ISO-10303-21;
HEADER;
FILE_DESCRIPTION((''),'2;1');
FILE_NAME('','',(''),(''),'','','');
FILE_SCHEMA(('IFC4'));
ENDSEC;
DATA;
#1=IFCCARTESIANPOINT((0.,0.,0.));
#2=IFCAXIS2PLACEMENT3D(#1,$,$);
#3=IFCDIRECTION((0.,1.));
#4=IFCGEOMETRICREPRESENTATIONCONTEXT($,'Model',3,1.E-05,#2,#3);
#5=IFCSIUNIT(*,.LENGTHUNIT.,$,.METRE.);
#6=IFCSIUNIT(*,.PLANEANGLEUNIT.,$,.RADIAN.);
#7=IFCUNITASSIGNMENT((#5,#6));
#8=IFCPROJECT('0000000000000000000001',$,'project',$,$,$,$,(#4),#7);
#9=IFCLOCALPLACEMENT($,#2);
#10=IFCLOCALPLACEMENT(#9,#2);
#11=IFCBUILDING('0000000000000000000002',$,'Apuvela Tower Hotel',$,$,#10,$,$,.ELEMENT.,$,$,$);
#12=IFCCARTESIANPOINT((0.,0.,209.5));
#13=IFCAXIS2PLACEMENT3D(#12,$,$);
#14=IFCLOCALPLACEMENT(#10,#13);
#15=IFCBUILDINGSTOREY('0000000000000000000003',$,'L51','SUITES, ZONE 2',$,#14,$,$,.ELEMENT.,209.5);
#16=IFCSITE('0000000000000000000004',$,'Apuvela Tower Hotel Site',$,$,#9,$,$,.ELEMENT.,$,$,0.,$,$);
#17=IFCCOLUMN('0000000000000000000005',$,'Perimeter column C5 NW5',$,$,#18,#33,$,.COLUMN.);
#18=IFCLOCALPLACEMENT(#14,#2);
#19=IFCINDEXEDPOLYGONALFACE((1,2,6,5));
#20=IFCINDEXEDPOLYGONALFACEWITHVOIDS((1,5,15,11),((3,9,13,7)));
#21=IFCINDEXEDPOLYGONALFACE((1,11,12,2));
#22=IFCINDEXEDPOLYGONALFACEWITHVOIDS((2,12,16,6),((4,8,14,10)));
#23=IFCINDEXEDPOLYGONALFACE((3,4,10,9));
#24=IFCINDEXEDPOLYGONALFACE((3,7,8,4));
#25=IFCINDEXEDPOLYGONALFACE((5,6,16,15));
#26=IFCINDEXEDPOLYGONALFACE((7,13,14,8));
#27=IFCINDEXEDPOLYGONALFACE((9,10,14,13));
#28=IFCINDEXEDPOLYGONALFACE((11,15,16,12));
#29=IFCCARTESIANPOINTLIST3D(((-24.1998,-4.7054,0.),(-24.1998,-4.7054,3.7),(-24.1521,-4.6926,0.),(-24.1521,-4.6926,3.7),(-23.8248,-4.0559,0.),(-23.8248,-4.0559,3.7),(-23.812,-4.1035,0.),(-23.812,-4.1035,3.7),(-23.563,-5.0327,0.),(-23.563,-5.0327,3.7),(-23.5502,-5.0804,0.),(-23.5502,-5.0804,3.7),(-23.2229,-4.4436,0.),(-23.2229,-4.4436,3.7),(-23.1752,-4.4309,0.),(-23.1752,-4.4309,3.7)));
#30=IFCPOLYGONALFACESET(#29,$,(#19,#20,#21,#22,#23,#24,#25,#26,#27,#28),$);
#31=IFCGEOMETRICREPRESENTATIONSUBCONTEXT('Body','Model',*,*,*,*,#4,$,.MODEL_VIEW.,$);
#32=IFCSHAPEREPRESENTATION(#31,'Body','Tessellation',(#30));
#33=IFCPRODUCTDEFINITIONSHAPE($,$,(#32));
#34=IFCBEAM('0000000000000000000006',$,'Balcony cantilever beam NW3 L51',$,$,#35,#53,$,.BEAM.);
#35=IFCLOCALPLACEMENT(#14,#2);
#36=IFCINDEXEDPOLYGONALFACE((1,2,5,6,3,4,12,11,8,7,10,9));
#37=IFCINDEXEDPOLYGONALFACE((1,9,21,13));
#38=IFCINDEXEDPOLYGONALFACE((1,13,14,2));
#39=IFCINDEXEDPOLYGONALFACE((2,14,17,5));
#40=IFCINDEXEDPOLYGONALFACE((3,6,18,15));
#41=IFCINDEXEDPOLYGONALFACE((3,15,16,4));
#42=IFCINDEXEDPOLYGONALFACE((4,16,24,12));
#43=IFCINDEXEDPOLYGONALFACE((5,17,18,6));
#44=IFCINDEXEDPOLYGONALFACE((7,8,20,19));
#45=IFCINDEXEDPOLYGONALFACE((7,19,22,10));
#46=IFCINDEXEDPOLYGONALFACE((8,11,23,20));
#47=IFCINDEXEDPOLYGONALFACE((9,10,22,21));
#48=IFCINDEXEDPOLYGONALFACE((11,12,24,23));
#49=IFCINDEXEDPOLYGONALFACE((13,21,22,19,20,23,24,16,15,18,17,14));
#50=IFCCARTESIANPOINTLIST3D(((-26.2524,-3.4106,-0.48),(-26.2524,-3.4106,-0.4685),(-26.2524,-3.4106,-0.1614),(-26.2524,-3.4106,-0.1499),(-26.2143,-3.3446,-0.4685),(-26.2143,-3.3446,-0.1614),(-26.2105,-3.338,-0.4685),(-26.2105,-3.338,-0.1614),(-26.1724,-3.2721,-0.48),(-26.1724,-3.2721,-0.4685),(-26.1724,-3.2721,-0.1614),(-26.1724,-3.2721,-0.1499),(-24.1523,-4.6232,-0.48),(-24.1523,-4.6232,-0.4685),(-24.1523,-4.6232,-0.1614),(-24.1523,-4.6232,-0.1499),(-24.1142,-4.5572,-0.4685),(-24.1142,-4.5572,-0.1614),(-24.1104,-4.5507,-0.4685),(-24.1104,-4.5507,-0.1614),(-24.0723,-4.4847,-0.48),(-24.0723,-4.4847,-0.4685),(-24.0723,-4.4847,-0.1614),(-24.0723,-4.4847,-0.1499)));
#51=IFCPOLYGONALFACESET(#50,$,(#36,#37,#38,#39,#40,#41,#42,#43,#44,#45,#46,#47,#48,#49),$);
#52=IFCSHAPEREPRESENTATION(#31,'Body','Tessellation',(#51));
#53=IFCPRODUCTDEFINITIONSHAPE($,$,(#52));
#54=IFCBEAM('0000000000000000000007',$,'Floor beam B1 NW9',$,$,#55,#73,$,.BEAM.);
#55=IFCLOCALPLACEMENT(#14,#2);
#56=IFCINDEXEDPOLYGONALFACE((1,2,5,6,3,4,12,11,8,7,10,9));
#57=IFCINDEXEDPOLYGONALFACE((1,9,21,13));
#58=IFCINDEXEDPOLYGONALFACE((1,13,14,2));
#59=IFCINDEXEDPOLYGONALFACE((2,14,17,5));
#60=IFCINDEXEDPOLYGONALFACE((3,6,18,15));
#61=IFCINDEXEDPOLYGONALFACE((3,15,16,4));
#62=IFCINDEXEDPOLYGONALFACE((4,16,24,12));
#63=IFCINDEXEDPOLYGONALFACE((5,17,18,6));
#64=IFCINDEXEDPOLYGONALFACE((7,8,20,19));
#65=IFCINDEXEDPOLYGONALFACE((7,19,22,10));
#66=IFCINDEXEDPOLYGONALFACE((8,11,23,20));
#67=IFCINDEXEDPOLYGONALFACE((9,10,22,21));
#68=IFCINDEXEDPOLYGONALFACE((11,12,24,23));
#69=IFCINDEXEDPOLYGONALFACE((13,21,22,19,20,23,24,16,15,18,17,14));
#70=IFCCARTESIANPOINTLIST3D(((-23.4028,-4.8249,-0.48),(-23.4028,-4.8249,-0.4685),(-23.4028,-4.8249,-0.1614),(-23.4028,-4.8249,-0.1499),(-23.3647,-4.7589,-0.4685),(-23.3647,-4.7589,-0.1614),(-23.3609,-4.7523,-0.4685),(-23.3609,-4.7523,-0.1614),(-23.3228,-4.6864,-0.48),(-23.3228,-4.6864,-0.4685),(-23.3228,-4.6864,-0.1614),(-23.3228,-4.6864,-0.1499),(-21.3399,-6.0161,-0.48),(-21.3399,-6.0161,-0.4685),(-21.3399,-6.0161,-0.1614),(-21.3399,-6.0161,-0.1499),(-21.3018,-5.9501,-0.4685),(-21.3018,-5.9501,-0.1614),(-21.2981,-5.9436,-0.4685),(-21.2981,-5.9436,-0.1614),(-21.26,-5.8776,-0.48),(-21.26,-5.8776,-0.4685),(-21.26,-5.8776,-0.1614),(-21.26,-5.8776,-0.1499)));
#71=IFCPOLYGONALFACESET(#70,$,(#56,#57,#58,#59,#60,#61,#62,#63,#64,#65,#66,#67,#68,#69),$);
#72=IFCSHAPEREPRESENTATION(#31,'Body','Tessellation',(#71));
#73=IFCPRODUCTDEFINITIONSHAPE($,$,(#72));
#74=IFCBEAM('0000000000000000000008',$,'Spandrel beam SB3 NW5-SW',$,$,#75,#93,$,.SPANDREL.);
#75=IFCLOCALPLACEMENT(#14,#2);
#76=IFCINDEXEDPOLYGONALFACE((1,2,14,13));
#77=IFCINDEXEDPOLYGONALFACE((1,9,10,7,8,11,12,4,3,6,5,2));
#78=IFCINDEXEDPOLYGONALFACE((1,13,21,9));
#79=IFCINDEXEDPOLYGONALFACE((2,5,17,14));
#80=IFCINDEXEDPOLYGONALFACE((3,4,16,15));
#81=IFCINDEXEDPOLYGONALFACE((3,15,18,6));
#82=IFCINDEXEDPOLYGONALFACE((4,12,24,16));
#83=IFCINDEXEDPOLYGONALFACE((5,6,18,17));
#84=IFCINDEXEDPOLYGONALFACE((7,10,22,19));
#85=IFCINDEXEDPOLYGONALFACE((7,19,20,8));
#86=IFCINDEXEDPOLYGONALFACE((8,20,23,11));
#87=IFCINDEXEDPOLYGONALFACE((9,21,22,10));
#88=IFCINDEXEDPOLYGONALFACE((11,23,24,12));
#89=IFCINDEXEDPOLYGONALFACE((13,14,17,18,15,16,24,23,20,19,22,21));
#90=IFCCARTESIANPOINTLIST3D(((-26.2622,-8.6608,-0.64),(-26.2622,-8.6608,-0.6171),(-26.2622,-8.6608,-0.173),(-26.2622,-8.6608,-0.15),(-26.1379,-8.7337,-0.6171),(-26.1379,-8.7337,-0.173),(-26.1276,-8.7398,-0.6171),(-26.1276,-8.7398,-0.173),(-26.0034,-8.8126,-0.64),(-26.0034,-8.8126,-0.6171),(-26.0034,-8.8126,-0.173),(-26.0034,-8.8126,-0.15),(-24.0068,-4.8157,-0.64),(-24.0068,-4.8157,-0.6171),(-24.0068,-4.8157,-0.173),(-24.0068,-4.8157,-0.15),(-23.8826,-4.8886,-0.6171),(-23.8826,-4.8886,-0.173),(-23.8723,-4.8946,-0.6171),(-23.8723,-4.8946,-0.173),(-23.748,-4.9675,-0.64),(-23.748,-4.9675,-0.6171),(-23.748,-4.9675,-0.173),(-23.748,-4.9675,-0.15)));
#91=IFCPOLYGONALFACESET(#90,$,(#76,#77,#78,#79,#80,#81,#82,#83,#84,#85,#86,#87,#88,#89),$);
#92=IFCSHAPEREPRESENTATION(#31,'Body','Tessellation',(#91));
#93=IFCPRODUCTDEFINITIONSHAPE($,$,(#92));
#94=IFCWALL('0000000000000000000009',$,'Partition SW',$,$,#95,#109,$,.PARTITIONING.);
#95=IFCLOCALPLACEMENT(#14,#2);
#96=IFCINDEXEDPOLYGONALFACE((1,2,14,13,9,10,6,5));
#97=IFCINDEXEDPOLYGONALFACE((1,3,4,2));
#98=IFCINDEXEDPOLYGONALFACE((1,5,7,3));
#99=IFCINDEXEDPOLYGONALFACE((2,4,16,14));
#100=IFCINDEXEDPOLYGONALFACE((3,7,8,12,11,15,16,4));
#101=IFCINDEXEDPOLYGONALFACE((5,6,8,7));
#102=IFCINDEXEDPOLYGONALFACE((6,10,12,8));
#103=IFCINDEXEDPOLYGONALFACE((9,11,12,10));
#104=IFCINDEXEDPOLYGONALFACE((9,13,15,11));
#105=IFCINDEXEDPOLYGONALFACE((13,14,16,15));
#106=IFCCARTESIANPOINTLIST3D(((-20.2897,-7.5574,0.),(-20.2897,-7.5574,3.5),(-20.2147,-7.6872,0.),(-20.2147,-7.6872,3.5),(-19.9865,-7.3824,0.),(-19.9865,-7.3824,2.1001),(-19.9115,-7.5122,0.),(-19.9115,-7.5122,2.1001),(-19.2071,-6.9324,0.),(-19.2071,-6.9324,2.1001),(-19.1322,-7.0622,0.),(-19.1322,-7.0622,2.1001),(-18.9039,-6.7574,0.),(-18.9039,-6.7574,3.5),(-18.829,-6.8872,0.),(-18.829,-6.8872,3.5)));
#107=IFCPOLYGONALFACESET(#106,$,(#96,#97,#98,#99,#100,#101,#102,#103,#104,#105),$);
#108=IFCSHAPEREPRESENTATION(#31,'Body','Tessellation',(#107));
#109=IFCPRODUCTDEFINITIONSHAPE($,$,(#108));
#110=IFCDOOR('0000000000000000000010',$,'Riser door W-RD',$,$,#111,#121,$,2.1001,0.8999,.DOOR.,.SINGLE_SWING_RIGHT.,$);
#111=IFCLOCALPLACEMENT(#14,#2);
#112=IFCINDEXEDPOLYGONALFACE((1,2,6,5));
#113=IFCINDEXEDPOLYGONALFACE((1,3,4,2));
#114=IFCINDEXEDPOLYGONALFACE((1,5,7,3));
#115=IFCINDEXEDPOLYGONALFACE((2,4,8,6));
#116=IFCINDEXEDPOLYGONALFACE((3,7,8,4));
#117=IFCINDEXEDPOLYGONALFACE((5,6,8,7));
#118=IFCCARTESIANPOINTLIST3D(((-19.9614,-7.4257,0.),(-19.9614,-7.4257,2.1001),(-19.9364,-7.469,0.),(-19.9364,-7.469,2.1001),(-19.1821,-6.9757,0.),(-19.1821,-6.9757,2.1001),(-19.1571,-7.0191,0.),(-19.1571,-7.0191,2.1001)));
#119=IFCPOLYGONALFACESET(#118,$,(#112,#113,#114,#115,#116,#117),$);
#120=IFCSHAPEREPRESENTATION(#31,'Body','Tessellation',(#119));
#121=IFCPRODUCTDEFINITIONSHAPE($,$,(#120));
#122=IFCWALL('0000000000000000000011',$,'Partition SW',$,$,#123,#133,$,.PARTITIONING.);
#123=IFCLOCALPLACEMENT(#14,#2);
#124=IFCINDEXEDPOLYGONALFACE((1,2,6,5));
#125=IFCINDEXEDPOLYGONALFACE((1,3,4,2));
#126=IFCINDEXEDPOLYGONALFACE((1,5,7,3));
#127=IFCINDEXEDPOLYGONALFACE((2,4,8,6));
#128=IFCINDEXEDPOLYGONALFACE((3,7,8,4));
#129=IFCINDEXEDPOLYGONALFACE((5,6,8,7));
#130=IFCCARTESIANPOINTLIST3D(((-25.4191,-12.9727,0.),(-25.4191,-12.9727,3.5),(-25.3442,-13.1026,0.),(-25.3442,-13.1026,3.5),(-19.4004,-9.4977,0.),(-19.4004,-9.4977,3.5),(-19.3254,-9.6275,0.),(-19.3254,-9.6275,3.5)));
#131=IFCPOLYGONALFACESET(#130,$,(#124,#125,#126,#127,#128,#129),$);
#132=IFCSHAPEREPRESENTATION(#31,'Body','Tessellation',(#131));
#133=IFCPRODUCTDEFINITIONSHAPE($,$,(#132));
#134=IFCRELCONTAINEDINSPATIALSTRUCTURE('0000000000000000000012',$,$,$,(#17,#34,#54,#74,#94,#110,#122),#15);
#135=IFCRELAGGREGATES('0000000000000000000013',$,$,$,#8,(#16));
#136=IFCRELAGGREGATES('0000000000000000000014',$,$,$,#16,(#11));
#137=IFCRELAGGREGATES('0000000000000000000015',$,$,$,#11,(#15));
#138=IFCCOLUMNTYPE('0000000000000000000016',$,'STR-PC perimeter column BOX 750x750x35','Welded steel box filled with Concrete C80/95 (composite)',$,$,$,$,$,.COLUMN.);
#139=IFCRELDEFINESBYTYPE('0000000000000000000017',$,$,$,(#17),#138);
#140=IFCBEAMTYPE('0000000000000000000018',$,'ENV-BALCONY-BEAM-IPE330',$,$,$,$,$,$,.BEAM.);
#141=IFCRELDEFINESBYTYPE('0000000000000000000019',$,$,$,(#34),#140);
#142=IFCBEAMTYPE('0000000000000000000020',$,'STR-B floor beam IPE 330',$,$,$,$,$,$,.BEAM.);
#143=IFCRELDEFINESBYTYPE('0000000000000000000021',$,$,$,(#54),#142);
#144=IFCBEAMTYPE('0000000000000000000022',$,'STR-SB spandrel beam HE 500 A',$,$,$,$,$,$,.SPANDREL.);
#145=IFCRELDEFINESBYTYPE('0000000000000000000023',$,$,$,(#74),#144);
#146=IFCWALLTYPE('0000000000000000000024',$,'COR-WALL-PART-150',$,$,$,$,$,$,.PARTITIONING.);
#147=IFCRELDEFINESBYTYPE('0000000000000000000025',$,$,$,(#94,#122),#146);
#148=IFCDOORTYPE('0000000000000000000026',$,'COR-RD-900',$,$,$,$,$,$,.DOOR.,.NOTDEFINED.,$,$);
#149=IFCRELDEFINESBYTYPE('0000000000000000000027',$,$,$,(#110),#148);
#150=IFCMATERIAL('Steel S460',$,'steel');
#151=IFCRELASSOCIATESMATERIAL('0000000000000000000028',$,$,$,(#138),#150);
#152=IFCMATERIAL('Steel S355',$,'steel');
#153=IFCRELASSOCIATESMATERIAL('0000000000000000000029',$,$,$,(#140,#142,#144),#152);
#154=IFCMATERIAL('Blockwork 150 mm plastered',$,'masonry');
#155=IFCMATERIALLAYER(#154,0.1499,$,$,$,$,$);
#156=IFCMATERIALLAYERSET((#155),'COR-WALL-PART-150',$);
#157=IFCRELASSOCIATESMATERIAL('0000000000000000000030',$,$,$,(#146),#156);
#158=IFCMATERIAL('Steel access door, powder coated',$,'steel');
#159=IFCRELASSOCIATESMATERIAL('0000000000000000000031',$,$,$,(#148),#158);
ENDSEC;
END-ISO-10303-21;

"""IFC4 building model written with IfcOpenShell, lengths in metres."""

from ifc_helpers import new_model, si_unit, direction, frame, frame_2d, origin, origin_2d, place, context, subcontext, project, spatial, rectangle, hollow_rectangle, i_section, extrude, material, layer, layer_set, material_profile, profile_set, type_object, element, fill, save


model = new_model("IFC4")

# Units and contexts
model_context = context("Model", 3, precision=1e-05, world=origin(), true_north=direction((0.0, 1.0)))
body_context = subcontext(model_context, "Body", "Model", "MODEL_VIEW")
ifc_project = project(units=[si_unit("LENGTHUNIT", "METRE"), si_unit("PLANEANGLEUNIT", "RADIAN")], contexts=[model_context])

# Site, building, storey
site_placement = place(None, origin())
site = spatial("IfcSite", under=ifc_project, at=site_placement, Name="Apuvela Tower Hotel Site", CompositionType="ELEMENT", RefElevation=0.0)
building_placement = place(site_placement, origin())
building = spatial("IfcBuilding", under=site, at=building_placement, Name="Apuvela Tower Hotel", CompositionType="ELEMENT")
storey_placement = place(building_placement, frame((0.0, 0.0, 209.5)))
storey = spatial("IfcBuildingStorey", under=building, at=storey_placement, Name="L51", Description="SUITES, ZONE 2", CompositionType="ELEMENT", Elevation=209.5)

# Column
ifc_material_1 = material(Name="Steel S460", Category="steel")
ifc_material_profile_1 = material_profile(ifc_material_1, hollow_rectangle(XDim=0.75, YDim=0.75, WallThickness=0.0349, at=origin_2d()), Name="BOX 750x750x35")
ifc_material_2 = material(Name="Concrete C80/95", Category="concrete")
ifc_material_profile_2 = material_profile(ifc_material_2, rectangle(XDim=0.6799, YDim=0.6799, at=origin_2d()), Name="Concrete C80/95 infill")
ifc_profile_set_1 = profile_set([ifc_material_profile_1, ifc_material_profile_2], Name="Steel S460")
column_type = type_object("IfcColumnType", Name="STR-PC perimeter column BOX 750x750x35", Description="Welded steel box filled with Concrete C80/95 (composite)", PredefinedType="COLUMN", material=ifc_profile_set_1)
column_placement = place(storey_placement, frame((-23.6875, -4.5681, 0.0), z_axis=(0.0, 0.0, 1.0), x_axis=(0.5, 0.866025, 0.0)))
element("IfcColumn", 1, at=column_placement, inside=storey, type_object=column_type, Name="Perimeter column C5 NW5", PredefinedType="COLUMN", context=body_context, shape_type="SweptSolid", body=[
    extrude(hollow_rectangle(XDim=0.75, YDim=0.75, WallThickness=0.0349, at=origin_2d()), origin(), (0.0, 0.0, 1.0), 3.7),
])

# Beams
ifc_material_3 = material(Name="Steel S355", Category="steel")
ifc_material_profile_3 = material_profile(ifc_material_3, i_section(OverallWidth=0.1599, OverallDepth=0.3301, WebThickness=0.0076, FlangeThickness=0.0115, at=origin_2d()), Name="IPE 330")
ifc_profile_set_2 = profile_set([ifc_material_profile_3], Name="Steel S355")
beam_type_1 = type_object("IfcBeamType", Name="ENV-BALCONY-BEAM-IPE330", PredefinedType="BEAM", material=ifc_profile_set_2)
beam_1_placement = place(storey_placement, frame((-24.1123, -4.554, -0.3149), z_axis=(-0.865998, 0.500048, 0.0), x_axis=(-0.500048, -0.865998, 0.0)))
element("IfcBeam", 2, at=beam_1_placement, inside=storey, type_object=beam_type_1, Name="Balcony cantilever beam NW3 L51", PredefinedType="BEAM", context=body_context, shape_type="SweptSolid", body=[
    extrude(i_section(OverallWidth=0.1599, OverallDepth=0.3301, WebThickness=0.0076, FlangeThickness=0.0115, at=origin_2d()), origin(), (0.0, 0.0, 1.0), 2.425),
])
ifc_material_profile_4 = material_profile(ifc_material_3, i_section(OverallWidth=0.1599, OverallDepth=0.3301, WebThickness=0.0076, FlangeThickness=0.0115, at=origin_2d()), Name="IPE 330")
ifc_profile_set_3 = profile_set([ifc_material_profile_4], Name="Steel S355")
beam_type_2 = type_object("IfcBeamType", Name="STR-B floor beam IPE 330", PredefinedType="BEAM", material=ifc_profile_set_3)
beam_2_placement = place(storey_placement, frame((-23.3628, -4.7556, -0.3149), z_axis=(0.865982, -0.500074, 0.0), x_axis=(0.500074, 0.865982, 0.0)))
element("IfcBeam", 3, at=beam_2_placement, inside=storey, type_object=beam_type_2, Name="Floor beam B1 NW9", PredefinedType="BEAM", context=body_context, shape_type="SweptSolid", body=[
    extrude(i_section(OverallWidth=0.1599, OverallDepth=0.3301, WebThickness=0.0076, FlangeThickness=0.0115, at=origin_2d()), origin(), (0.0, 0.0, 1.0), 2.3821),
])
ifc_material_profile_5 = material_profile(ifc_material_3, i_section(OverallWidth=0.3, OverallDepth=0.49, WebThickness=0.012, FlangeThickness=0.0229, at=origin_2d()), Name="HE 500 A")
ifc_profile_set_4 = profile_set([ifc_material_profile_5], Name="Steel S355")
beam_type_3 = type_object("IfcBeamType", Name="STR-SB spandrel beam HE 500 A", PredefinedType="SPANDREL", material=ifc_profile_set_4)
beam_3_placement = place(storey_placement, frame((-23.8774, -4.8916, -0.395), z_axis=(-0.505933, -0.862573, 0.0), x_axis=(0.862573, -0.505933, 0.0)))
element("IfcBeam", 4, at=beam_3_placement, inside=storey, type_object=beam_type_3, Name="Spandrel beam SB3 NW5-SW", PredefinedType="SPANDREL", context=body_context, shape_type="SweptSolid", body=[
    extrude(i_section(OverallWidth=0.3, OverallDepth=0.49, WebThickness=0.012, FlangeThickness=0.0229, at=origin_2d()), origin(), (0.0, 0.0, 1.0), 4.4578),
])

# Wall, opening, door
ifc_material_4 = material(Name="Blockwork 150 mm plastered", Category="masonry")
ifc_layer_1 = layer(ifc_material_4, 0.1499)
ifc_layer_set_1 = layer_set([ifc_layer_1], Name="COR-WALL-PART-150")
wall_type_1 = type_object("IfcWallType", Name="COR-WALL-PART-150", PredefinedType="PARTITIONING", material=ifc_layer_set_1)
wall_1_placement = place(storey_placement, frame((-18.8665, -6.8223, 0.0), z_axis=(0.0, 0.0, 1.0), x_axis=(-0.866028, -0.499995, 0.0)))
wall_1 = element("IfcWall", 5, at=wall_1_placement, inside=storey, type_object=wall_type_1, Name="Partition SW", PredefinedType="PARTITIONING", context=body_context, shape_type="SweptSolid", body=[
    extrude(rectangle(XDim=1.6001, YDim=0.1499, at=frame_2d((0.8, 0.0))), origin(), (0.0, 0.0, 1.0), 3.5),
])
opening_1_placement = place(wall_1_placement, frame((0.3501, 0.0, 0.0)))
opening_1 = element("IfcOpeningElement", 6, at=opening_1_placement, cuts=wall_1, PredefinedType="OPENING", context=body_context, shape_type="SweptSolid", body=[
    extrude(rectangle(XDim=0.8999, YDim=2.1001, at=frame_2d((0.45, 1.05))), frame((0.0, 0.085, 0.0), z_axis=(0.0, -1.0, 0.0), x_axis=(1.0, 0.0, 0.0)), (0.0, 0.0, 1.0), 0.1699),
])
ifc_material_5 = material(Name="Steel access door, powder coated", Category="steel")
door_type_1 = type_object("IfcDoorType", Name="COR-RD-900", OperationType="NOTDEFINED", PredefinedType="DOOR", material=ifc_material_5)
door_1_placement = place(opening_1_placement, frame((0.8999, 0.0, 0.0), z_axis=(0.0, 0.0, 1.0), x_axis=(-1.0, 0.0, 0.0)))
door_1 = element("IfcDoor", 7, at=door_1_placement, inside=storey, type_object=door_type_1, Name="Riser door W-RD", OperationType="SINGLE_SWING_RIGHT", OverallHeight=2.1001, OverallWidth=0.8999, PredefinedType="DOOR", context=body_context, shape_type="SweptSolid", body=[
    extrude(rectangle(XDim=0.8999, YDim=2.1001, at=frame_2d((0.45, 1.05))), frame((0.0, 0.0249, 0.0), z_axis=(0.0, -1.0, 0.0), x_axis=(1.0, 0.0, 0.0)), (0.0, 0.0, 1.0), 0.05),
])
fill(opening_1, door_1)

# Wall
wall_2_placement = place(storey_placement, frame((-19.3628, -9.5625, 0.0), z_axis=(0.0, 0.0, 1.0), x_axis=(-0.866017, -0.500015, 0.0)))
element("IfcWall", 8, at=wall_2_placement, inside=storey, type_object=wall_type_1, Name="Partition SW", PredefinedType="PARTITIONING", context=body_context, shape_type="SweptSolid", body=[
    extrude(rectangle(XDim=6.95, YDim=0.1499, at=frame_2d((3.4751, 0.0))), origin(), (0.0, 0.0, 1.0), 3.5),
])

save(model, "model.ifc")
